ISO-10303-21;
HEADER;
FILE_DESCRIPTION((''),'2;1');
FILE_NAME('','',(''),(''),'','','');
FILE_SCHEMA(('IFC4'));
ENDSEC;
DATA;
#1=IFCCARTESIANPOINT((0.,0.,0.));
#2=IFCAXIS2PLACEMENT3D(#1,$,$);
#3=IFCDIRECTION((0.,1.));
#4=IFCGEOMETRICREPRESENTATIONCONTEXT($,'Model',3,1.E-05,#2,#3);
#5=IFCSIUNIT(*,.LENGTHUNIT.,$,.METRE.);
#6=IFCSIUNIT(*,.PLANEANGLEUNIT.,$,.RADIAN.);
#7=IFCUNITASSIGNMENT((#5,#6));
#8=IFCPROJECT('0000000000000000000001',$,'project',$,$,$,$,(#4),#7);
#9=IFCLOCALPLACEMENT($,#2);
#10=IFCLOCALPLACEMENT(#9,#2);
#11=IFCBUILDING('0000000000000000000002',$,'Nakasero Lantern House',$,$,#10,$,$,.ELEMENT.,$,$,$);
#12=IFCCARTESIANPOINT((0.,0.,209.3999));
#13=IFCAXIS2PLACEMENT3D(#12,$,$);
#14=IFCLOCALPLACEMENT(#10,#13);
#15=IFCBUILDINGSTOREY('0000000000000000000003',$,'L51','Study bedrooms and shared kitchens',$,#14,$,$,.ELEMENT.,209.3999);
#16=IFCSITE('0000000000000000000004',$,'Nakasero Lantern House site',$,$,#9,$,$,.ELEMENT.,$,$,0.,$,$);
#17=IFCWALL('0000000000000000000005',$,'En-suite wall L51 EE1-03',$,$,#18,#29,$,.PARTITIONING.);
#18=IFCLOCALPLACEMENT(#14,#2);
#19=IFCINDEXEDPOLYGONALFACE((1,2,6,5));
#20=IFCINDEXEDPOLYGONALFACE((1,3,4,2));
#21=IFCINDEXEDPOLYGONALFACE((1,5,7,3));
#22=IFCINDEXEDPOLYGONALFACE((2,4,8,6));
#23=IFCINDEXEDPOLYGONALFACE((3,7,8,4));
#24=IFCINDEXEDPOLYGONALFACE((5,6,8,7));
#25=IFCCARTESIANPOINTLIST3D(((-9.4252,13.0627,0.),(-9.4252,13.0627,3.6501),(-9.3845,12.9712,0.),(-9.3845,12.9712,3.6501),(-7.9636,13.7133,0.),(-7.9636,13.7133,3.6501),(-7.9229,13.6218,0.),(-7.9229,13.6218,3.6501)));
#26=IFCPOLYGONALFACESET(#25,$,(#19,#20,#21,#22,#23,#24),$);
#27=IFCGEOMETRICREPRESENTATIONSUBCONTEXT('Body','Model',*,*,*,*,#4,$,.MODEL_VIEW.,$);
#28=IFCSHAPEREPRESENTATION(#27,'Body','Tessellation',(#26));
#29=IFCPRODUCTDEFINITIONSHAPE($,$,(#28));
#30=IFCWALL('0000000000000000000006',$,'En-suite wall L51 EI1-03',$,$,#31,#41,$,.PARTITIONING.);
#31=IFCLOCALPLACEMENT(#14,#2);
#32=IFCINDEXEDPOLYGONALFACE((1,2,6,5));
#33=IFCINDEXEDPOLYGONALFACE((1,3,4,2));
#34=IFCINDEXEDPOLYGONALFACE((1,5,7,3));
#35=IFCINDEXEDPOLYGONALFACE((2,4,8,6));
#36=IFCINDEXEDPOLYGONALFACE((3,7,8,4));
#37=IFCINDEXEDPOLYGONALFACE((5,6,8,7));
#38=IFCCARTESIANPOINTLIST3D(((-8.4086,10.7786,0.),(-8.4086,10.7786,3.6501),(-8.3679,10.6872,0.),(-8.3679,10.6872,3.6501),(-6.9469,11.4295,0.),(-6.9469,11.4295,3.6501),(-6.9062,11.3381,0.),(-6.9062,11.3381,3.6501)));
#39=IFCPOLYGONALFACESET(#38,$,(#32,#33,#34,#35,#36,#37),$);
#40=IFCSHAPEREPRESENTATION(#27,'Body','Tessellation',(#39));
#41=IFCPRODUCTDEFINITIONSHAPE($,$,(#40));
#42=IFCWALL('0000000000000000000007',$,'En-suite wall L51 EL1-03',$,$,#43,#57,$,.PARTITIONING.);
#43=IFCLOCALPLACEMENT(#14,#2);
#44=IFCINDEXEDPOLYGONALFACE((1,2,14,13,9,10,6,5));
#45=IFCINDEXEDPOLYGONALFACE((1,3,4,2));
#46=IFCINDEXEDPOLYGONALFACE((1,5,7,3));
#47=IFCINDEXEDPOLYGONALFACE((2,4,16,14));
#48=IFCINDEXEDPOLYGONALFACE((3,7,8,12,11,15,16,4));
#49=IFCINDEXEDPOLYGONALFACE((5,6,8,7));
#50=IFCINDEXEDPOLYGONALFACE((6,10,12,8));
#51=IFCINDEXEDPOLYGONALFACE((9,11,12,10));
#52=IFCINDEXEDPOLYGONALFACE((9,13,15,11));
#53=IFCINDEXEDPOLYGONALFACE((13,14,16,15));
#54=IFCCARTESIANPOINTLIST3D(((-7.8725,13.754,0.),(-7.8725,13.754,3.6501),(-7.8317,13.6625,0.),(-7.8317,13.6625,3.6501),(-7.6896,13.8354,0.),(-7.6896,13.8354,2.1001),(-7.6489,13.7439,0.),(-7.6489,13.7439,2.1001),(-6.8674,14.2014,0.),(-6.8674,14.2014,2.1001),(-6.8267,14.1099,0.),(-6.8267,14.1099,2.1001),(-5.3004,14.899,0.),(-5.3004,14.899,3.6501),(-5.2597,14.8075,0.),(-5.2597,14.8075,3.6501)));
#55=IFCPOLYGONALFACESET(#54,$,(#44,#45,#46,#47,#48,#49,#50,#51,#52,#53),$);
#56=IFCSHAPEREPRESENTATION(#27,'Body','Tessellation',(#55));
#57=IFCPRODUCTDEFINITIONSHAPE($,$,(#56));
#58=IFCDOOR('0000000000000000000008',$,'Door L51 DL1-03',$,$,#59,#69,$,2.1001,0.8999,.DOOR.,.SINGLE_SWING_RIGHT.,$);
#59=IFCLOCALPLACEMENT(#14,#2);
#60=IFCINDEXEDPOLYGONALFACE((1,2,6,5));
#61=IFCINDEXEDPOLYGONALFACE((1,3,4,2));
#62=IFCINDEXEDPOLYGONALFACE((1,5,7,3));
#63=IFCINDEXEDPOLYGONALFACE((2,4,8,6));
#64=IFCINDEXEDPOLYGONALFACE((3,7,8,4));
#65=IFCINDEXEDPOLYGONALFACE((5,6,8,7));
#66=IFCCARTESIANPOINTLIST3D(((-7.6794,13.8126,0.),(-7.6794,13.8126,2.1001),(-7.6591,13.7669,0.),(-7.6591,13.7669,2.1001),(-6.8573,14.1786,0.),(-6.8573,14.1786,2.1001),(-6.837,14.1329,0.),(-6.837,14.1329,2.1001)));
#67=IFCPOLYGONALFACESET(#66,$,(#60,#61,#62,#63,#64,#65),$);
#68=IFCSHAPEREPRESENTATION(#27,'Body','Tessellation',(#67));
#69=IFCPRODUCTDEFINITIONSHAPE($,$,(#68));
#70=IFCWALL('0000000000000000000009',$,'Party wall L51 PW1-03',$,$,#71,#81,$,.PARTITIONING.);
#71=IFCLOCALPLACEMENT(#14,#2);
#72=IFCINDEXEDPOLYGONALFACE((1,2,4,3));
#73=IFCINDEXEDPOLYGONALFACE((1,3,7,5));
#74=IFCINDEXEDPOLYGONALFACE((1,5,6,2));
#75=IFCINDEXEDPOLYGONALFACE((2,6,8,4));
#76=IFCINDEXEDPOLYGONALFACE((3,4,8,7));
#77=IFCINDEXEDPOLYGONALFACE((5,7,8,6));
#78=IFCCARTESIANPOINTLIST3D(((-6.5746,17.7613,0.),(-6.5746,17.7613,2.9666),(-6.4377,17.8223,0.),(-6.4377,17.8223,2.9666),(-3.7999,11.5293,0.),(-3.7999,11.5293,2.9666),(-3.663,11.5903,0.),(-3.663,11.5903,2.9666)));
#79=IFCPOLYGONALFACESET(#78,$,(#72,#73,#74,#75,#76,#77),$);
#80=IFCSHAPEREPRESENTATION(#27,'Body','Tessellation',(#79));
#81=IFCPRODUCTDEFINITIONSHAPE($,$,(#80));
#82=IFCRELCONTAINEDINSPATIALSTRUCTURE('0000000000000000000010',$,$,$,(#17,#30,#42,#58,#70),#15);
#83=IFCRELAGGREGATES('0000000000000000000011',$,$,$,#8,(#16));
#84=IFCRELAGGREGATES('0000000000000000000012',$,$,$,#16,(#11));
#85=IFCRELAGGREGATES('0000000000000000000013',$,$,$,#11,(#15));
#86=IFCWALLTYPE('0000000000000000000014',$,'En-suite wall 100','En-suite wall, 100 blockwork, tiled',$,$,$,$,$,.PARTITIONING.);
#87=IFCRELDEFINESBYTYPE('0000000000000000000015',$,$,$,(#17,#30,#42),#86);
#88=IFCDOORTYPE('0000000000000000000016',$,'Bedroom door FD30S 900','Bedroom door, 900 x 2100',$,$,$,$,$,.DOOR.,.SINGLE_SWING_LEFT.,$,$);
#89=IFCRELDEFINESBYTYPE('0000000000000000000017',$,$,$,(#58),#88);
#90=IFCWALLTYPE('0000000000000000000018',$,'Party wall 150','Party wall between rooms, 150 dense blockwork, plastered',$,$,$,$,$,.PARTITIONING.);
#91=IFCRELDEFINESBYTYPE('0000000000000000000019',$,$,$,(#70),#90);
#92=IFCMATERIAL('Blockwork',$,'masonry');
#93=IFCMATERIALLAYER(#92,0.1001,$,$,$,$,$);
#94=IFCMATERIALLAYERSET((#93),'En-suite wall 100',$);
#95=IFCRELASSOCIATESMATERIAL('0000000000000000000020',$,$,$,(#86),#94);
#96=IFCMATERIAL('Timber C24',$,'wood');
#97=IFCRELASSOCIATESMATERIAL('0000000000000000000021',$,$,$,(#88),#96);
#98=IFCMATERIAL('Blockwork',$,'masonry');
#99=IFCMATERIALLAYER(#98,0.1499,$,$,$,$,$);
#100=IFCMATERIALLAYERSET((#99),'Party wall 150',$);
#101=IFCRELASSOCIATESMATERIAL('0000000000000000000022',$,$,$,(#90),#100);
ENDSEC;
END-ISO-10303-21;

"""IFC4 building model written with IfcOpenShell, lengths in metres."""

from ifc_helpers import new_model, si_unit, direction, frame, frame_2d, origin, place, context, subcontext, project, spatial, rectangle, extrude, material, layer, layer_set, type_object, element, fill, save


model = new_model("IFC4")

# Units and contexts
model_context = context("Model", 3, precision=1e-05, world=origin(), true_north=direction((0.0, 1.0)))
body_context = subcontext(model_context, "Body", "Model", "MODEL_VIEW")
ifc_project = project(units=[si_unit("LENGTHUNIT", "METRE"), si_unit("PLANEANGLEUNIT", "RADIAN")], contexts=[model_context])

# Site, building, storey
site_placement = place(None, origin())
site = spatial("IfcSite", under=ifc_project, at=site_placement, Name="Nakasero Lantern House site", CompositionType="ELEMENT", RefElevation=0.0)
building_placement = place(site_placement, origin())
building = spatial("IfcBuilding", under=site, at=building_placement, Name="Nakasero Lantern House", CompositionType="ELEMENT")
storey_placement = place(building_placement, frame((0.0, 0.0, 209.3999)))
storey = spatial("IfcBuildingStorey", under=building, at=storey_placement, Name="L51", Description="Study bedrooms and shared kitchens", CompositionType="ELEMENT", Elevation=209.3999)

# Walls
ifc_material_1 = material(Name="Blockwork", Category="masonry")
ifc_layer_1 = layer(ifc_material_1, 0.1001)
ifc_layer_set_1 = layer_set([ifc_layer_1], Name="En-suite wall 100")
wall_type_1 = type_object("IfcWallType", Name="En-suite wall 100", Description="En-suite wall, 100 blockwork, tiled", PredefinedType="PARTITIONING", material=ifc_layer_set_1)
wall_1_placement = place(storey_placement, frame((-7.9434, 13.6675, 0.0), z_axis=(0.0, 0.0, 1.0), x_axis=(-0.913579, -0.406662, 0.0)))
element("IfcWall", 1, at=wall_1_placement, inside=storey, type_object=wall_type_1, Name="En-suite wall L51 EE1-03", PredefinedType="PARTITIONING", context=body_context, shape_type="SweptSolid", body=[
    extrude(rectangle(XDim=1.5999, YDim=0.1001, at=frame_2d((0.7998, 0.0))), origin(), (0.0, 0.0, 1.0), 3.6501),
])
wall_2_placement = place(storey_placement, frame((-6.9265, 11.3838, 0.0), z_axis=(0.0, 0.0, 1.0), x_axis=(-0.913522, -0.40679, 0.0)))
element("IfcWall", 2, at=wall_2_placement, inside=storey, type_object=wall_type_1, Name="En-suite wall L51 EI1-03", PredefinedType="PARTITIONING", context=body_context, shape_type="SweptSolid", body=[
    extrude(rectangle(XDim=1.6001, YDim=0.1001, at=frame_2d((0.8, 0.0))), origin(), (0.0, 0.0, 1.0), 3.6501),
])

# Wall, opening, door
wall_3_placement = place(storey_placement, frame((-5.28, 14.8533, 0.0), z_axis=(0.0, 0.0, 1.0), x_axis=(-0.913561, -0.406702, 0.0)))
wall_3 = element("IfcWall", 3, at=wall_3_placement, inside=storey, type_object=wall_type_1, Name="En-suite wall L51 EL1-03", PredefinedType="PARTITIONING", context=body_context, shape_type="SweptSolid", body=[
    extrude(rectangle(XDim=2.8154, YDim=0.1001, at=frame_2d((1.4077, 0.0))), origin(), (0.0, 0.0, 1.0), 3.6501),
])
opening_1_placement = place(wall_3_placement, frame((1.7153, 0.0, 0.0)))
opening_1 = element("IfcOpeningElement", 4, at=opening_1_placement, cuts=wall_3, PredefinedType="OPENING", context=body_context, shape_type="SweptSolid", body=[
    extrude(rectangle(XDim=0.8999, YDim=2.1001, at=frame_2d((0.45, 1.05))), frame((0.0, 0.0701, 0.0), z_axis=(0.0, -1.0, 0.0), x_axis=(1.0, 0.0, 0.0)), (0.0, 0.0, 1.0), 0.1401),
])
ifc_material_2 = material(Name="Timber C24", Category="wood")
door_type_1 = type_object("IfcDoorType", Name="Bedroom door FD30S 900", Description="Bedroom door, 900 x 2100", OperationType="SINGLE_SWING_LEFT", PredefinedType="DOOR", material=ifc_material_2)
door_1_placement = place(opening_1_placement, origin())
door_1 = element("IfcDoor", 5, at=door_1_placement, inside=storey, type_object=door_type_1, Name="Door L51 DL1-03", OperationType="SINGLE_SWING_RIGHT", OverallHeight=2.1001, OverallWidth=0.8999, PredefinedType="DOOR", context=body_context, shape_type="SweptSolid", body=[
    extrude(rectangle(XDim=0.8999, YDim=2.1001, at=frame_2d((0.45, 1.05))), frame((0.0, 0.0249, 0.0), z_axis=(0.0, -1.0, 0.0), x_axis=(1.0, 0.0, 0.0)), (0.0, 0.0, 1.0), 0.05),
])
fill(opening_1, door_1)

# Wall
ifc_material_3 = material(Name="Blockwork", Category="masonry")
ifc_layer_2 = layer(ifc_material_3, 0.1499)
ifc_layer_set_2 = layer_set([ifc_layer_2], Name="Party wall 150")
wall_type_2 = type_object("IfcWallType", Name="Party wall 150", Description="Party wall between rooms, 150 dense blockwork, plastered", PredefinedType="PARTITIONING", material=ifc_layer_set_2)
wall_4_placement = place(storey_placement, frame((-3.7314, 11.5598, 0.0), z_axis=(0.0, 0.0, 1.0), x_axis=(-0.406739, 0.913544, 0.0)))
element("IfcWall", 6, at=wall_4_placement, inside=storey, type_object=wall_type_2, Name="Party wall L51 PW1-03", PredefinedType="PARTITIONING", context=body_context, shape_type="SweptSolid", body=[
    extrude(rectangle(XDim=6.8218, YDim=0.1499, at=frame_2d((3.4109, 0.0))), origin(), (0.0, 0.0, 1.0), 2.9666),
])

save(model, "model.ifc")
